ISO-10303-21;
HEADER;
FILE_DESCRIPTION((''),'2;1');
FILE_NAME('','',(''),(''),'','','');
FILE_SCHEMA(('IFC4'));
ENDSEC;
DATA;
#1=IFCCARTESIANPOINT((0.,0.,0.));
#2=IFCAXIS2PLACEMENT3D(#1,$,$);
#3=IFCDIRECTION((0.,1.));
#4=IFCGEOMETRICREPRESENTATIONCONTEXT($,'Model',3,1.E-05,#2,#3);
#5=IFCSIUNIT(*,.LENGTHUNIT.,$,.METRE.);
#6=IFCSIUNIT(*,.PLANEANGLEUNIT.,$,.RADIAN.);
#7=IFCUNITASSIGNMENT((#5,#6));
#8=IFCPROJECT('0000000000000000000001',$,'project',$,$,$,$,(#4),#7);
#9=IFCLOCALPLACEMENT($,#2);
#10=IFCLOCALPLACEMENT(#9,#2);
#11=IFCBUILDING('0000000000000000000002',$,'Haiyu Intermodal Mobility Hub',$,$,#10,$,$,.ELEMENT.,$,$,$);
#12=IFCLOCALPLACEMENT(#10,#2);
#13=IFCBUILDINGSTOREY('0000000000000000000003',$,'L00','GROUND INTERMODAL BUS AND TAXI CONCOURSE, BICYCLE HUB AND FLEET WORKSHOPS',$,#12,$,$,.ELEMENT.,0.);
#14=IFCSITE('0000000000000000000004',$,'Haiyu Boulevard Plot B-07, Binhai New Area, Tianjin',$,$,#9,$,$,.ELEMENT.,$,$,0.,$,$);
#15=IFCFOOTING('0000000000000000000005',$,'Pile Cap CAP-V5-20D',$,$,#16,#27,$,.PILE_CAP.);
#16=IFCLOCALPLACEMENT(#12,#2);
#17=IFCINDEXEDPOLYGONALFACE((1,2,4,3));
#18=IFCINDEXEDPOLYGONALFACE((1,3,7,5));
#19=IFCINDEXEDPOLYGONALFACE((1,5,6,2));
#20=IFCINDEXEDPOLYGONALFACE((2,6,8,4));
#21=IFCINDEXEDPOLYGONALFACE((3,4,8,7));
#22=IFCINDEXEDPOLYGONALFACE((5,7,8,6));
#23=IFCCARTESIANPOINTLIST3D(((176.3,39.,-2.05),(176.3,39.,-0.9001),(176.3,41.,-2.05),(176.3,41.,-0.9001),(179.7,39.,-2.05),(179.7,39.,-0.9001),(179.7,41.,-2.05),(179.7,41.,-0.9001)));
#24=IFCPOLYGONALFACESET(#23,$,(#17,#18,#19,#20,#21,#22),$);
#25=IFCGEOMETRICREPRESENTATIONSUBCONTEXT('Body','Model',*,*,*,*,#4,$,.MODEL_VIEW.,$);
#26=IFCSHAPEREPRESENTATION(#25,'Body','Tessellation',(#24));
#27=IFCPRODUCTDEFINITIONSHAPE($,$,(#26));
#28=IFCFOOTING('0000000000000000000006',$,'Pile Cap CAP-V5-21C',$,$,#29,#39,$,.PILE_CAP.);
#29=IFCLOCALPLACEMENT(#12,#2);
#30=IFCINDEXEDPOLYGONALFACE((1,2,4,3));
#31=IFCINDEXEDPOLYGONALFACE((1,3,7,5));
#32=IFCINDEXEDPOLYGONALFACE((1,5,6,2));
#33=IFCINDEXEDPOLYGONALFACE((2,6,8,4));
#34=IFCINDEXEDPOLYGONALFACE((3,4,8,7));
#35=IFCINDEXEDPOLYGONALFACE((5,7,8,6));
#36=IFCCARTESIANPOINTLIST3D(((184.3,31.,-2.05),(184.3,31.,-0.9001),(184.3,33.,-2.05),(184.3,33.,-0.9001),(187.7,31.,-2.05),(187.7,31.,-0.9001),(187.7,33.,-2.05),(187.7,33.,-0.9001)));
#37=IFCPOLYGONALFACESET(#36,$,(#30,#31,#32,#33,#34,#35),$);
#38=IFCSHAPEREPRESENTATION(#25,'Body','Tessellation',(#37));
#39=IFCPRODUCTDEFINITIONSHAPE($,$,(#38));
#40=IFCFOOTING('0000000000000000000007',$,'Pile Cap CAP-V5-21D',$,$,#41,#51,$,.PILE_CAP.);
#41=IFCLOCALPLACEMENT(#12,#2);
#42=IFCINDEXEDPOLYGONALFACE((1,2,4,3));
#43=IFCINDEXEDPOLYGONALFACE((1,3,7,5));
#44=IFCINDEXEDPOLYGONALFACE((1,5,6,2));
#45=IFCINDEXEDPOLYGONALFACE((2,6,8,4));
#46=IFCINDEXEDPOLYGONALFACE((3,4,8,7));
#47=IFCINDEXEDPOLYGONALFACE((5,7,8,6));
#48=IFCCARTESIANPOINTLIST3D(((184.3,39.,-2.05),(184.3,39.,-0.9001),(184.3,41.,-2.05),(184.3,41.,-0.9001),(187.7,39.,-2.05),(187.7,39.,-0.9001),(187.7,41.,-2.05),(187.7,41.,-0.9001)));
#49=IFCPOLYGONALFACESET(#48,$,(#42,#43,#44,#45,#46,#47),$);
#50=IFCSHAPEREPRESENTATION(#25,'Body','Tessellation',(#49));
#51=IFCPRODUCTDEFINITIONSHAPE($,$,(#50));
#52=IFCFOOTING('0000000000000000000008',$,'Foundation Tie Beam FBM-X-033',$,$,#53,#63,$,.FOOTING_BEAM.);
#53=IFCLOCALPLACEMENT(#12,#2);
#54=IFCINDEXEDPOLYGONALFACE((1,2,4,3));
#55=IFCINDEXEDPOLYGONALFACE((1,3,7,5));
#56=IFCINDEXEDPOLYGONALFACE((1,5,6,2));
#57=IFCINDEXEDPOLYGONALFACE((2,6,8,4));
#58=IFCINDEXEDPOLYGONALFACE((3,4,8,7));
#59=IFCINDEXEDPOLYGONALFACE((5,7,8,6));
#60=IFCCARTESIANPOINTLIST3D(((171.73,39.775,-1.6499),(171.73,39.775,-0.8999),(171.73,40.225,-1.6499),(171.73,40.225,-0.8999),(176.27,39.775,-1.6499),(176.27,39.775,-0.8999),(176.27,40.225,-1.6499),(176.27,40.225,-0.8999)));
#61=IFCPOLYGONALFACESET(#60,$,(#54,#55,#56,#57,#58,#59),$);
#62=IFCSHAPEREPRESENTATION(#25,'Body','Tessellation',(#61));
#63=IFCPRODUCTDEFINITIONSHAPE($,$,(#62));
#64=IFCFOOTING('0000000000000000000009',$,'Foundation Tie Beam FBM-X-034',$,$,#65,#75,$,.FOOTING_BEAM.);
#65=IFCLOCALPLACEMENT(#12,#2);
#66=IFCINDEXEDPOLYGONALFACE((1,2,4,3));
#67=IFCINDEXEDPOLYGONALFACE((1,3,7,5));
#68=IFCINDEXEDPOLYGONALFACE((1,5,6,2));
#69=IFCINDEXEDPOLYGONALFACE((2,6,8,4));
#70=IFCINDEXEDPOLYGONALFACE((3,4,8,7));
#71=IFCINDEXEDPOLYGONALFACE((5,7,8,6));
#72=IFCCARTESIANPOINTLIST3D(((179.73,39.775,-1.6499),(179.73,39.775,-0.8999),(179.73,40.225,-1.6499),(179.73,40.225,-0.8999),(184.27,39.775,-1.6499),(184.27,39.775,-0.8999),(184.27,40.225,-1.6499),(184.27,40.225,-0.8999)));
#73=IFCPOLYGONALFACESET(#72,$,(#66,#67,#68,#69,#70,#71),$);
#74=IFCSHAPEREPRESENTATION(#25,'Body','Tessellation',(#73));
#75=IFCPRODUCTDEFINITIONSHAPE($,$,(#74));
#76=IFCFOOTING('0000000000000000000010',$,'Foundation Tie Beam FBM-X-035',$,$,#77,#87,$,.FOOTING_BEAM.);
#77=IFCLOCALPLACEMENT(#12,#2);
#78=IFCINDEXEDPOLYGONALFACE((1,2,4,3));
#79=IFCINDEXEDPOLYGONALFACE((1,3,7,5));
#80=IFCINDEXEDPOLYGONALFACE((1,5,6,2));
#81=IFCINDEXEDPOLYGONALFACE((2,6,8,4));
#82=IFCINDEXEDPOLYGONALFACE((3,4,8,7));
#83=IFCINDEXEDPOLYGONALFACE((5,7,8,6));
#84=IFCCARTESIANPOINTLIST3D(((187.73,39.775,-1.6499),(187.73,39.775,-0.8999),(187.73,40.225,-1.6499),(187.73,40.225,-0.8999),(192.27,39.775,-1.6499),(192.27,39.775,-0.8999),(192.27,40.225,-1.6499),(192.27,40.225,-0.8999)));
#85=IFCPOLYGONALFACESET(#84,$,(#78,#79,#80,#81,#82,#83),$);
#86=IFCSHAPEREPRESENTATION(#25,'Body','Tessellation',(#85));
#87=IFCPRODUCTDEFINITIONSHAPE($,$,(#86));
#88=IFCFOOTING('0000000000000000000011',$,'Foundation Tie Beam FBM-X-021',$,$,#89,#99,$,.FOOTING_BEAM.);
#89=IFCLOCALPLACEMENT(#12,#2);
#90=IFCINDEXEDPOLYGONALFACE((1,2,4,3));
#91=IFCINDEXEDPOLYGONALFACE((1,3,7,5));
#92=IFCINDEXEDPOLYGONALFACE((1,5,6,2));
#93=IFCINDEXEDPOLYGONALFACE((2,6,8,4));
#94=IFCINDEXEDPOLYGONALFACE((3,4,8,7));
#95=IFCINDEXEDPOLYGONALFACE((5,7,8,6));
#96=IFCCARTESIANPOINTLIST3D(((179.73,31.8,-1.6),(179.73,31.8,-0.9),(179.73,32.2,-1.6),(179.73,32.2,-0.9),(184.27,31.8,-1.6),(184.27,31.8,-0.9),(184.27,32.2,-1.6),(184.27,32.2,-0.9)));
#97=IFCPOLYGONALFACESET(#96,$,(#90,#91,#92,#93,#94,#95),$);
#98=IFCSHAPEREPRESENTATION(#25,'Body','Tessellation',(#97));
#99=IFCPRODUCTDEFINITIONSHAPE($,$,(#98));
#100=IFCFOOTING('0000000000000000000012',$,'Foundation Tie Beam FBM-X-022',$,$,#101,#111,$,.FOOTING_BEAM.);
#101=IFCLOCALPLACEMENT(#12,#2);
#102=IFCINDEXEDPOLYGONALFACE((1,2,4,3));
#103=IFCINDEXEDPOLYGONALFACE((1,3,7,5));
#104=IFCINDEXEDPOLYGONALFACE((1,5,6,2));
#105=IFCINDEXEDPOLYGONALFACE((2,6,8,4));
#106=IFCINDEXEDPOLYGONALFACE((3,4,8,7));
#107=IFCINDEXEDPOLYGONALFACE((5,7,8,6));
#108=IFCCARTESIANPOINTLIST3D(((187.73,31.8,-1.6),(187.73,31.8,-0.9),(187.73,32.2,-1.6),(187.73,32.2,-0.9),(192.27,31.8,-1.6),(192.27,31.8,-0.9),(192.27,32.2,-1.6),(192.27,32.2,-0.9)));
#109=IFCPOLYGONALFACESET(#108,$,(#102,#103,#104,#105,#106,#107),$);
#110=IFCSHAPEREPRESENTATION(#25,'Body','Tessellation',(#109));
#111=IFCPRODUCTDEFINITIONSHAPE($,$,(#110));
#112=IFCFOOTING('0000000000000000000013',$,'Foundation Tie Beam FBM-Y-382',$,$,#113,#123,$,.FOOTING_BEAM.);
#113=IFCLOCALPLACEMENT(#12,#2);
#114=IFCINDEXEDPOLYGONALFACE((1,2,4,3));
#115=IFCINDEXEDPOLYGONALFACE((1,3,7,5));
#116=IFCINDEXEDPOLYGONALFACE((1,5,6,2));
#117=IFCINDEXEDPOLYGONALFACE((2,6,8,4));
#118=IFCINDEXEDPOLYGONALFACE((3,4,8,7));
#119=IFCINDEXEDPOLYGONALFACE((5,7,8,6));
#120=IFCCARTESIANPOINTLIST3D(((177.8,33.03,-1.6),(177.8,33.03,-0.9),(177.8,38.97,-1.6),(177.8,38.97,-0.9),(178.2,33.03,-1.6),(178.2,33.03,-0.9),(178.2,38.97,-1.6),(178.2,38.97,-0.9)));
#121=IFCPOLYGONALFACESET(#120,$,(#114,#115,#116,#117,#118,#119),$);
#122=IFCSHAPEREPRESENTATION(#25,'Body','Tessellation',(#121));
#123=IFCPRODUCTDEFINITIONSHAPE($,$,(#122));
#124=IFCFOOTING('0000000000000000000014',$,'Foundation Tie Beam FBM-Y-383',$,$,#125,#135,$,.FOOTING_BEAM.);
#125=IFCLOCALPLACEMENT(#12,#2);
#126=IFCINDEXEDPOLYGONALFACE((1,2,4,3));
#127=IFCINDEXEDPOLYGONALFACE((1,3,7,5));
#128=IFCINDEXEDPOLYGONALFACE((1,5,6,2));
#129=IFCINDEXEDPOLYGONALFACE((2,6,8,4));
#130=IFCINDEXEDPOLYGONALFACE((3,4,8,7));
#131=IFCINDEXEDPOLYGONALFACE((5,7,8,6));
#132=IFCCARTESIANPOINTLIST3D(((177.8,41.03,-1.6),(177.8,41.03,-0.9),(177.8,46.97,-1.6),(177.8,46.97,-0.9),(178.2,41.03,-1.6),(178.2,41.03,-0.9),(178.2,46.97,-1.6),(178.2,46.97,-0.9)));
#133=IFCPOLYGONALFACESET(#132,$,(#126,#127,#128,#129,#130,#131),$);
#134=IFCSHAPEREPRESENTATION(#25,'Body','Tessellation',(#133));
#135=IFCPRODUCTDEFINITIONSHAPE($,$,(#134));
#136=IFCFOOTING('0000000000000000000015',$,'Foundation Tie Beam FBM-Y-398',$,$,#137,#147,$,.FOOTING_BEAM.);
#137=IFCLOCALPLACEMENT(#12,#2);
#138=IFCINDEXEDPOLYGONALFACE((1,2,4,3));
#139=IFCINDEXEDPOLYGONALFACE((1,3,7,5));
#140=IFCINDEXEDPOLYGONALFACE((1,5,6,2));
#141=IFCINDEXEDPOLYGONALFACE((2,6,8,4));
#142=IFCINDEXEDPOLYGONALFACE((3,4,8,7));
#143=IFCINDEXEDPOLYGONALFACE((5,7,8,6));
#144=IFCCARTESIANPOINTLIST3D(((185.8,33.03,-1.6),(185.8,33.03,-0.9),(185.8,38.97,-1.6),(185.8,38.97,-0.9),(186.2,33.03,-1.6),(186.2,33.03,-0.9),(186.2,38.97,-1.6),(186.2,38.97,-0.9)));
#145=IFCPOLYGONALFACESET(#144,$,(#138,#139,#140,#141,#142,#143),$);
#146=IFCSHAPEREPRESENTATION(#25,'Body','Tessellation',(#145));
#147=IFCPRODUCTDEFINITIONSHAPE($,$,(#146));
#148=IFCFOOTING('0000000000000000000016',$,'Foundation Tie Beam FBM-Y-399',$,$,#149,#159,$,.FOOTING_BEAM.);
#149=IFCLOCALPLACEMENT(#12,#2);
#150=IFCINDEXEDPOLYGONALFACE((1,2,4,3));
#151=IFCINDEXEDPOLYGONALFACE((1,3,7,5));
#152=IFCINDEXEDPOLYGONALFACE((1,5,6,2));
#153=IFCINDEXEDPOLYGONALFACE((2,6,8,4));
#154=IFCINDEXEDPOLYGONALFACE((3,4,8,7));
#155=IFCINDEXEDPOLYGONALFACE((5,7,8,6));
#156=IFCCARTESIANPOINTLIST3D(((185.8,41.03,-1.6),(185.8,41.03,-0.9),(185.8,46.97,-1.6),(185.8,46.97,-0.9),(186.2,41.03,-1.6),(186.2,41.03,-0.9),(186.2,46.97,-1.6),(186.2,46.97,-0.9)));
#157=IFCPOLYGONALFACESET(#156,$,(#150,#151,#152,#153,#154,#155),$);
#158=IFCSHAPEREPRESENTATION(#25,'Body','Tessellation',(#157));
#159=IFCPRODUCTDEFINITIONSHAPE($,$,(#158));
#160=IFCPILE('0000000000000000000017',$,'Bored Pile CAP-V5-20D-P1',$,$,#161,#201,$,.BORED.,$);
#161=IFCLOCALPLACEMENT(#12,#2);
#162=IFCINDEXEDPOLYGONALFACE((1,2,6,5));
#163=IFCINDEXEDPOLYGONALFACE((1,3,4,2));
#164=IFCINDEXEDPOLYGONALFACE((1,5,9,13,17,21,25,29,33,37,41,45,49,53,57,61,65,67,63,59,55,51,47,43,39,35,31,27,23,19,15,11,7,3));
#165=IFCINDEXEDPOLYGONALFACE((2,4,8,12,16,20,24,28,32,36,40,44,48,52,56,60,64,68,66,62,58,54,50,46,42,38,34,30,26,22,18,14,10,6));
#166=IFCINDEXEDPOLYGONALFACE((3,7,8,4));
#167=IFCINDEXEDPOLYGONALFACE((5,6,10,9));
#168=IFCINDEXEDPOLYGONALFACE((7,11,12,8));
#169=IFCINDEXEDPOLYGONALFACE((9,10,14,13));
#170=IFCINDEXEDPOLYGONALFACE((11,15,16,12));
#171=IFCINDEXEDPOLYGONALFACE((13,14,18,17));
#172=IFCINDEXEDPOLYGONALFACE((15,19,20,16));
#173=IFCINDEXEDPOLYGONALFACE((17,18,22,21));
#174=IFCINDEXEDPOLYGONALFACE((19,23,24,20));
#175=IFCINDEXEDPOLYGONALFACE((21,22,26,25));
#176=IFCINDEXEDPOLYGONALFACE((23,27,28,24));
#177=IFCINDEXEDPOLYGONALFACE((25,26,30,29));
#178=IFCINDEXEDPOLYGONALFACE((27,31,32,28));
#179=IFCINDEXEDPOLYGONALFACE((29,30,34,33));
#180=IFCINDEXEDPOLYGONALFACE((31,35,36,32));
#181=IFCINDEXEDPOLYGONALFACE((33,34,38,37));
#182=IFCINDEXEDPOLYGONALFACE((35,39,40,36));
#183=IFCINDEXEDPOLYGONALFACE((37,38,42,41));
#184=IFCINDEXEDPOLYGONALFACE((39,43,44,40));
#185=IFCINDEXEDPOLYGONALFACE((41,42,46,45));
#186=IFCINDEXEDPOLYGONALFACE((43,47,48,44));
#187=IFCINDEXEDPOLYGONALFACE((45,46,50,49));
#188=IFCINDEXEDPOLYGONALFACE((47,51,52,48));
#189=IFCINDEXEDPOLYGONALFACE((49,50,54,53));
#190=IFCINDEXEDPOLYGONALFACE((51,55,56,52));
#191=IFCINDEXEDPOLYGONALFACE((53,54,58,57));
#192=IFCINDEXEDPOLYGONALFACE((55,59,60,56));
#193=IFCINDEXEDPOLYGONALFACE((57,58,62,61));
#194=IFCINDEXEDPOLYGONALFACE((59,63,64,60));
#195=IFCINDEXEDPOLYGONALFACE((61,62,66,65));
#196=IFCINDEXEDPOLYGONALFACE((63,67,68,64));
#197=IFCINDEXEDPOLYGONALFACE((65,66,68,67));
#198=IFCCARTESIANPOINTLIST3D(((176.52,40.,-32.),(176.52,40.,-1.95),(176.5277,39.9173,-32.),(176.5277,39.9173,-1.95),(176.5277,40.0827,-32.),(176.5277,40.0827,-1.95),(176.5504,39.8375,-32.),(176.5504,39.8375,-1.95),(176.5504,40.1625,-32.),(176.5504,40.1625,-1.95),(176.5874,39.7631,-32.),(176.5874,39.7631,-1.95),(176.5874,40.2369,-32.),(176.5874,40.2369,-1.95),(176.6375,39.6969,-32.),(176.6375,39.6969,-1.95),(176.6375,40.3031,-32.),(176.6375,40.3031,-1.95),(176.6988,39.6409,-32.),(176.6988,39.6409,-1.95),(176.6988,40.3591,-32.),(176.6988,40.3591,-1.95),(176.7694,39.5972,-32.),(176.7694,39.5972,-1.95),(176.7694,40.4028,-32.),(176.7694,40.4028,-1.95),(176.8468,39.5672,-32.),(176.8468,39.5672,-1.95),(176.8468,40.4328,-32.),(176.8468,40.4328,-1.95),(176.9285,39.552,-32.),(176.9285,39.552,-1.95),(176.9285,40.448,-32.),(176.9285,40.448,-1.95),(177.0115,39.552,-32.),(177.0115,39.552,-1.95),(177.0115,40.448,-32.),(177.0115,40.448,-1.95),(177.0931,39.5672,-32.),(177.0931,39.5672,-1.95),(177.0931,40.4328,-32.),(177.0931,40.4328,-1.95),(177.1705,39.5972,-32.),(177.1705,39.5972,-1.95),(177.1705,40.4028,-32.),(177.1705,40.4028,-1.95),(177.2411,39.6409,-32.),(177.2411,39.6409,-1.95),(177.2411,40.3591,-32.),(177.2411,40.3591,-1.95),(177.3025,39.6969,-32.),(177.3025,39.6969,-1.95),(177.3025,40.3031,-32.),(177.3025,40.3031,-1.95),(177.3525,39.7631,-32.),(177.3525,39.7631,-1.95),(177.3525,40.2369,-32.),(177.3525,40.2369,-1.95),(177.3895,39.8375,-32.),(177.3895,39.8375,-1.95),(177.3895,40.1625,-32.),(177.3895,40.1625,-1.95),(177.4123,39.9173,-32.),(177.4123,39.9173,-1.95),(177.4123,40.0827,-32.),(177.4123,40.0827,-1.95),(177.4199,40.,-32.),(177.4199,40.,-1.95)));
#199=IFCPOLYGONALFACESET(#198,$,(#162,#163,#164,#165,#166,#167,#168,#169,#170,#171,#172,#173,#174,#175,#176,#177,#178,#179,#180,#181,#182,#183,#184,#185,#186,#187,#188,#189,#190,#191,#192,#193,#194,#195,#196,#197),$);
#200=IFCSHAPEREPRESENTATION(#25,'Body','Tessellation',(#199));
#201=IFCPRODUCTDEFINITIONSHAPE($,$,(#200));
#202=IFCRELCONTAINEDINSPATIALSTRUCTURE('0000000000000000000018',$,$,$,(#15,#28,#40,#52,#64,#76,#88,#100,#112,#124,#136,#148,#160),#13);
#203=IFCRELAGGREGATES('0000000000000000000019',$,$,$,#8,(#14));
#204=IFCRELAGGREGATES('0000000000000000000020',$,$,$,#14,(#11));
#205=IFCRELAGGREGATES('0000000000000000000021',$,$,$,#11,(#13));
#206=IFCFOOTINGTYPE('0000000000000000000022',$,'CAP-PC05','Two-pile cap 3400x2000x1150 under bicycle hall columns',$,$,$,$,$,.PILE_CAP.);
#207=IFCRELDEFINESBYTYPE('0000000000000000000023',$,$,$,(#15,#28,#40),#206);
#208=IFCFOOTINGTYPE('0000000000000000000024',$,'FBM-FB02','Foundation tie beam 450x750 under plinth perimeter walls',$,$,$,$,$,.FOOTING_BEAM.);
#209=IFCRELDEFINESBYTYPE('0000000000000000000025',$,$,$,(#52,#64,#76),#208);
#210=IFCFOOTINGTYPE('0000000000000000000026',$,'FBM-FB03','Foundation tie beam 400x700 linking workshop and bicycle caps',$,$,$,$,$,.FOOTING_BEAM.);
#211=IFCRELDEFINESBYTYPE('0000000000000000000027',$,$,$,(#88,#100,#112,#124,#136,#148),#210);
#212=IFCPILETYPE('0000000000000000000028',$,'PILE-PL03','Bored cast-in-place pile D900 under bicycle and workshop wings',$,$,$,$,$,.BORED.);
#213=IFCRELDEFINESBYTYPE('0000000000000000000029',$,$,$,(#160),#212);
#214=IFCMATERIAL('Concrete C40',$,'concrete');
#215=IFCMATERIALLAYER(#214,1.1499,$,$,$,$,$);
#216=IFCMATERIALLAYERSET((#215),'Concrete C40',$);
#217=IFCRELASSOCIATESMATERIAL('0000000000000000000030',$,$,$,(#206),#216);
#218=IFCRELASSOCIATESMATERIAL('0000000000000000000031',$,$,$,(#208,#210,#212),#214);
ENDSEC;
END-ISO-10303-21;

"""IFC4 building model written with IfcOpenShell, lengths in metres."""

from ifc_helpers import new_model, si_unit, direction, frame, origin, origin_2d, place, context, subcontext, project, spatial, rectangle, circle, extrude, material, layer, layer_set, material_profile, profile_set, type_object, element, save


model = new_model("IFC4")

# Units and contexts
model_context = context("Model", 3, precision=1e-05, world=origin(), true_north=direction((0.0, 1.0)))
body_context = subcontext(model_context, "Body", "Model", "MODEL_VIEW")
ifc_project = project(units=[si_unit("LENGTHUNIT", "METRE"), si_unit("PLANEANGLEUNIT", "RADIAN")], contexts=[model_context])

# Site, building, storey
site_placement = place(None, origin())
site = spatial("IfcSite", under=ifc_project, at=site_placement, Name="Haiyu Boulevard Plot B-07, Binhai New Area, Tianjin", CompositionType="ELEMENT", RefElevation=0.0)
building_placement = place(site_placement, origin())
building = spatial("IfcBuilding", under=site, at=building_placement, Name="Haiyu Intermodal Mobility Hub", CompositionType="ELEMENT")
storey_placement = place(building_placement, origin())
storey = spatial("IfcBuildingStorey", under=building, at=storey_placement, Name="L00", Description="GROUND INTERMODAL BUS AND TAXI CONCOURSE, BICYCLE HUB AND FLEET WORKSHOPS", CompositionType="ELEMENT", Elevation=0.0)

# Footings
ifc_material = material(Name="Concrete C40", Category="concrete")
ifc_layer = layer(ifc_material, 1.1499)
ifc_layer_set = layer_set([ifc_layer], Name="Concrete C40")
footing_type_1 = type_object("IfcFootingType", Name="CAP-PC05", Description="Two-pile cap 3400x2000x1150 under bicycle hall columns", PredefinedType="PILE_CAP", material=ifc_layer_set)
for number, where, z_axis, x_axis, name in (
    (1, (178.0, 40.0, -2.05), (0.0, 0.0, 1.0), (1.0, 0.0, 0.0), "Pile Cap CAP-V5-20D"),
    (2, (186.0, 32.0, -2.05), (0.0, 0.0, 1.0), (1.0, 0.0, 0.0), "Pile Cap CAP-V5-21C"),
    (3, (186.0, 40.0, -2.05), (0.0, 0.0, 1.0), (1.0, 0.0, 0.0), "Pile Cap CAP-V5-21D"),
):
    element("IfcFooting", number, at=place(storey_placement, frame(where, z_axis=z_axis, x_axis=x_axis)), inside=storey, type_object=footing_type_1, Name=name, PredefinedType="PILE_CAP", context=body_context, shape_type="SweptSolid", body=[
        extrude(rectangle(XDim=3.3999, YDim=2.0, at=origin_2d()), origin(), (0.0, 0.0, 1.0), 1.1499),
    ])
ifc_material_profile_1 = material_profile(ifc_material, rectangle(XDim=0.45, YDim=0.75, at=origin_2d()), Name="FB450x750")
ifc_profile_set_1 = profile_set([ifc_material_profile_1], Name="Concrete C40")
footing_type_2 = type_object("IfcFootingType", Name="FBM-FB02", Description="Foundation tie beam 450x750 under plinth perimeter walls", PredefinedType="FOOTING_BEAM", material=ifc_profile_set_1)
for number, where, z_axis, x_axis, name in (
    (4, (171.73, 40.0, -1.2749), (1.0, 0.0, 0.0), (0.0, 1.0, 0.0), "Foundation Tie Beam FBM-X-033"),
    (5, (179.73, 40.0, -1.2749), (1.0, 0.0, 0.0), (0.0, 1.0, 0.0), "Foundation Tie Beam FBM-X-034"),
    (6, (187.73, 40.0, -1.2749), (1.0, 0.0, 0.0), (0.0, 1.0, 0.0), "Foundation Tie Beam FBM-X-035"),
):
    element("IfcFooting", number, at=place(storey_placement, frame(where, z_axis=z_axis, x_axis=x_axis)), inside=storey, type_object=footing_type_2, Name=name, PredefinedType="FOOTING_BEAM", context=body_context, shape_type="SweptSolid", body=[
        extrude(rectangle(XDim=0.45, YDim=0.75, at=origin_2d()), origin(), (0.0, 0.0, 1.0), 4.54),
    ])
ifc_material_profile_2 = material_profile(ifc_material, rectangle(XDim=0.3999, YDim=0.7, at=origin_2d()), Name="FB400x700")
ifc_profile_set_2 = profile_set([ifc_material_profile_2], Name="Concrete C40")
footing_type_3 = type_object("IfcFootingType", Name="FBM-FB03", Description="Foundation tie beam 400x700 linking workshop and bicycle caps", PredefinedType="FOOTING_BEAM", material=ifc_profile_set_2)
for number, where, z_axis, x_axis, name in (
    (7, (179.73, 32.0, -1.25), (1.0, 0.0, 0.0), (0.0, 1.0, 0.0), "Foundation Tie Beam FBM-X-021"),
    (8, (187.73, 32.0, -1.25), (1.0, 0.0, 0.0), (0.0, 1.0, 0.0), "Foundation Tie Beam FBM-X-022"),
):
    element("IfcFooting", number, at=place(storey_placement, frame(where, z_axis=z_axis, x_axis=x_axis)), inside=storey, type_object=footing_type_3, Name=name, PredefinedType="FOOTING_BEAM", context=body_context, shape_type="SweptSolid", body=[
        extrude(rectangle(XDim=0.3999, YDim=0.7, at=origin_2d()), origin(), (0.0, 0.0, 1.0), 4.54),
    ])
for number, where, z_axis, x_axis, name in (
    (9, (178.0, 33.03, -1.25), (0.0, 1.0, 0.0), (-1.0, 0.0, 0.0), "Foundation Tie Beam FBM-Y-382"),
    (10, (178.0, 41.03, -1.25), (0.0, 1.0, 0.0), (-1.0, 0.0, 0.0), "Foundation Tie Beam FBM-Y-383"),
    (11, (186.0, 33.03, -1.25), (0.0, 1.0, 0.0), (-1.0, 0.0, 0.0), "Foundation Tie Beam FBM-Y-398"),
    (12, (186.0, 41.03, -1.25), (0.0, 1.0, 0.0), (-1.0, 0.0, 0.0), "Foundation Tie Beam FBM-Y-399"),
):
    element("IfcFooting", number, at=place(storey_placement, frame(where, z_axis=z_axis, x_axis=x_axis)), inside=storey, type_object=footing_type_3, Name=name, PredefinedType="FOOTING_BEAM", context=body_context, shape_type="SweptSolid", body=[
        extrude(rectangle(XDim=0.3999, YDim=0.7, at=origin_2d()), origin(), (0.0, 0.0, 1.0), 5.9399),
    ])

# Pile
ifc_material_profile_3 = material_profile(ifc_material, circle(Radius=0.45, at=origin_2d()), Name="PILE-D900")
ifc_profile_set_3 = profile_set([ifc_material_profile_3], Name="Concrete C40")
pile_type = type_object("IfcPileType", Name="PILE-PL03", Description="Bored cast-in-place pile D900 under bicycle and workshop wings", PredefinedType="BORED", material=ifc_profile_set_3)
for number, where, z_axis, x_axis, name in (
    (13, (176.97, 40.0, -1.95), (0.0, 0.0, -1.0), (1.0, 0.0, 0.0), "Bored Pile CAP-V5-20D-P1"),
):
    element("IfcPile", number, at=place(storey_placement, frame(where, z_axis=z_axis, x_axis=x_axis)), inside=storey, type_object=pile_type, Name=name, PredefinedType="BORED", context=body_context, shape_type="SweptSolid", body=[
        extrude(circle(Radius=0.45, at=origin_2d()), origin(), (0.0, 0.0, 1.0), 30.05),
    ])

save(model, "model.ifc")
